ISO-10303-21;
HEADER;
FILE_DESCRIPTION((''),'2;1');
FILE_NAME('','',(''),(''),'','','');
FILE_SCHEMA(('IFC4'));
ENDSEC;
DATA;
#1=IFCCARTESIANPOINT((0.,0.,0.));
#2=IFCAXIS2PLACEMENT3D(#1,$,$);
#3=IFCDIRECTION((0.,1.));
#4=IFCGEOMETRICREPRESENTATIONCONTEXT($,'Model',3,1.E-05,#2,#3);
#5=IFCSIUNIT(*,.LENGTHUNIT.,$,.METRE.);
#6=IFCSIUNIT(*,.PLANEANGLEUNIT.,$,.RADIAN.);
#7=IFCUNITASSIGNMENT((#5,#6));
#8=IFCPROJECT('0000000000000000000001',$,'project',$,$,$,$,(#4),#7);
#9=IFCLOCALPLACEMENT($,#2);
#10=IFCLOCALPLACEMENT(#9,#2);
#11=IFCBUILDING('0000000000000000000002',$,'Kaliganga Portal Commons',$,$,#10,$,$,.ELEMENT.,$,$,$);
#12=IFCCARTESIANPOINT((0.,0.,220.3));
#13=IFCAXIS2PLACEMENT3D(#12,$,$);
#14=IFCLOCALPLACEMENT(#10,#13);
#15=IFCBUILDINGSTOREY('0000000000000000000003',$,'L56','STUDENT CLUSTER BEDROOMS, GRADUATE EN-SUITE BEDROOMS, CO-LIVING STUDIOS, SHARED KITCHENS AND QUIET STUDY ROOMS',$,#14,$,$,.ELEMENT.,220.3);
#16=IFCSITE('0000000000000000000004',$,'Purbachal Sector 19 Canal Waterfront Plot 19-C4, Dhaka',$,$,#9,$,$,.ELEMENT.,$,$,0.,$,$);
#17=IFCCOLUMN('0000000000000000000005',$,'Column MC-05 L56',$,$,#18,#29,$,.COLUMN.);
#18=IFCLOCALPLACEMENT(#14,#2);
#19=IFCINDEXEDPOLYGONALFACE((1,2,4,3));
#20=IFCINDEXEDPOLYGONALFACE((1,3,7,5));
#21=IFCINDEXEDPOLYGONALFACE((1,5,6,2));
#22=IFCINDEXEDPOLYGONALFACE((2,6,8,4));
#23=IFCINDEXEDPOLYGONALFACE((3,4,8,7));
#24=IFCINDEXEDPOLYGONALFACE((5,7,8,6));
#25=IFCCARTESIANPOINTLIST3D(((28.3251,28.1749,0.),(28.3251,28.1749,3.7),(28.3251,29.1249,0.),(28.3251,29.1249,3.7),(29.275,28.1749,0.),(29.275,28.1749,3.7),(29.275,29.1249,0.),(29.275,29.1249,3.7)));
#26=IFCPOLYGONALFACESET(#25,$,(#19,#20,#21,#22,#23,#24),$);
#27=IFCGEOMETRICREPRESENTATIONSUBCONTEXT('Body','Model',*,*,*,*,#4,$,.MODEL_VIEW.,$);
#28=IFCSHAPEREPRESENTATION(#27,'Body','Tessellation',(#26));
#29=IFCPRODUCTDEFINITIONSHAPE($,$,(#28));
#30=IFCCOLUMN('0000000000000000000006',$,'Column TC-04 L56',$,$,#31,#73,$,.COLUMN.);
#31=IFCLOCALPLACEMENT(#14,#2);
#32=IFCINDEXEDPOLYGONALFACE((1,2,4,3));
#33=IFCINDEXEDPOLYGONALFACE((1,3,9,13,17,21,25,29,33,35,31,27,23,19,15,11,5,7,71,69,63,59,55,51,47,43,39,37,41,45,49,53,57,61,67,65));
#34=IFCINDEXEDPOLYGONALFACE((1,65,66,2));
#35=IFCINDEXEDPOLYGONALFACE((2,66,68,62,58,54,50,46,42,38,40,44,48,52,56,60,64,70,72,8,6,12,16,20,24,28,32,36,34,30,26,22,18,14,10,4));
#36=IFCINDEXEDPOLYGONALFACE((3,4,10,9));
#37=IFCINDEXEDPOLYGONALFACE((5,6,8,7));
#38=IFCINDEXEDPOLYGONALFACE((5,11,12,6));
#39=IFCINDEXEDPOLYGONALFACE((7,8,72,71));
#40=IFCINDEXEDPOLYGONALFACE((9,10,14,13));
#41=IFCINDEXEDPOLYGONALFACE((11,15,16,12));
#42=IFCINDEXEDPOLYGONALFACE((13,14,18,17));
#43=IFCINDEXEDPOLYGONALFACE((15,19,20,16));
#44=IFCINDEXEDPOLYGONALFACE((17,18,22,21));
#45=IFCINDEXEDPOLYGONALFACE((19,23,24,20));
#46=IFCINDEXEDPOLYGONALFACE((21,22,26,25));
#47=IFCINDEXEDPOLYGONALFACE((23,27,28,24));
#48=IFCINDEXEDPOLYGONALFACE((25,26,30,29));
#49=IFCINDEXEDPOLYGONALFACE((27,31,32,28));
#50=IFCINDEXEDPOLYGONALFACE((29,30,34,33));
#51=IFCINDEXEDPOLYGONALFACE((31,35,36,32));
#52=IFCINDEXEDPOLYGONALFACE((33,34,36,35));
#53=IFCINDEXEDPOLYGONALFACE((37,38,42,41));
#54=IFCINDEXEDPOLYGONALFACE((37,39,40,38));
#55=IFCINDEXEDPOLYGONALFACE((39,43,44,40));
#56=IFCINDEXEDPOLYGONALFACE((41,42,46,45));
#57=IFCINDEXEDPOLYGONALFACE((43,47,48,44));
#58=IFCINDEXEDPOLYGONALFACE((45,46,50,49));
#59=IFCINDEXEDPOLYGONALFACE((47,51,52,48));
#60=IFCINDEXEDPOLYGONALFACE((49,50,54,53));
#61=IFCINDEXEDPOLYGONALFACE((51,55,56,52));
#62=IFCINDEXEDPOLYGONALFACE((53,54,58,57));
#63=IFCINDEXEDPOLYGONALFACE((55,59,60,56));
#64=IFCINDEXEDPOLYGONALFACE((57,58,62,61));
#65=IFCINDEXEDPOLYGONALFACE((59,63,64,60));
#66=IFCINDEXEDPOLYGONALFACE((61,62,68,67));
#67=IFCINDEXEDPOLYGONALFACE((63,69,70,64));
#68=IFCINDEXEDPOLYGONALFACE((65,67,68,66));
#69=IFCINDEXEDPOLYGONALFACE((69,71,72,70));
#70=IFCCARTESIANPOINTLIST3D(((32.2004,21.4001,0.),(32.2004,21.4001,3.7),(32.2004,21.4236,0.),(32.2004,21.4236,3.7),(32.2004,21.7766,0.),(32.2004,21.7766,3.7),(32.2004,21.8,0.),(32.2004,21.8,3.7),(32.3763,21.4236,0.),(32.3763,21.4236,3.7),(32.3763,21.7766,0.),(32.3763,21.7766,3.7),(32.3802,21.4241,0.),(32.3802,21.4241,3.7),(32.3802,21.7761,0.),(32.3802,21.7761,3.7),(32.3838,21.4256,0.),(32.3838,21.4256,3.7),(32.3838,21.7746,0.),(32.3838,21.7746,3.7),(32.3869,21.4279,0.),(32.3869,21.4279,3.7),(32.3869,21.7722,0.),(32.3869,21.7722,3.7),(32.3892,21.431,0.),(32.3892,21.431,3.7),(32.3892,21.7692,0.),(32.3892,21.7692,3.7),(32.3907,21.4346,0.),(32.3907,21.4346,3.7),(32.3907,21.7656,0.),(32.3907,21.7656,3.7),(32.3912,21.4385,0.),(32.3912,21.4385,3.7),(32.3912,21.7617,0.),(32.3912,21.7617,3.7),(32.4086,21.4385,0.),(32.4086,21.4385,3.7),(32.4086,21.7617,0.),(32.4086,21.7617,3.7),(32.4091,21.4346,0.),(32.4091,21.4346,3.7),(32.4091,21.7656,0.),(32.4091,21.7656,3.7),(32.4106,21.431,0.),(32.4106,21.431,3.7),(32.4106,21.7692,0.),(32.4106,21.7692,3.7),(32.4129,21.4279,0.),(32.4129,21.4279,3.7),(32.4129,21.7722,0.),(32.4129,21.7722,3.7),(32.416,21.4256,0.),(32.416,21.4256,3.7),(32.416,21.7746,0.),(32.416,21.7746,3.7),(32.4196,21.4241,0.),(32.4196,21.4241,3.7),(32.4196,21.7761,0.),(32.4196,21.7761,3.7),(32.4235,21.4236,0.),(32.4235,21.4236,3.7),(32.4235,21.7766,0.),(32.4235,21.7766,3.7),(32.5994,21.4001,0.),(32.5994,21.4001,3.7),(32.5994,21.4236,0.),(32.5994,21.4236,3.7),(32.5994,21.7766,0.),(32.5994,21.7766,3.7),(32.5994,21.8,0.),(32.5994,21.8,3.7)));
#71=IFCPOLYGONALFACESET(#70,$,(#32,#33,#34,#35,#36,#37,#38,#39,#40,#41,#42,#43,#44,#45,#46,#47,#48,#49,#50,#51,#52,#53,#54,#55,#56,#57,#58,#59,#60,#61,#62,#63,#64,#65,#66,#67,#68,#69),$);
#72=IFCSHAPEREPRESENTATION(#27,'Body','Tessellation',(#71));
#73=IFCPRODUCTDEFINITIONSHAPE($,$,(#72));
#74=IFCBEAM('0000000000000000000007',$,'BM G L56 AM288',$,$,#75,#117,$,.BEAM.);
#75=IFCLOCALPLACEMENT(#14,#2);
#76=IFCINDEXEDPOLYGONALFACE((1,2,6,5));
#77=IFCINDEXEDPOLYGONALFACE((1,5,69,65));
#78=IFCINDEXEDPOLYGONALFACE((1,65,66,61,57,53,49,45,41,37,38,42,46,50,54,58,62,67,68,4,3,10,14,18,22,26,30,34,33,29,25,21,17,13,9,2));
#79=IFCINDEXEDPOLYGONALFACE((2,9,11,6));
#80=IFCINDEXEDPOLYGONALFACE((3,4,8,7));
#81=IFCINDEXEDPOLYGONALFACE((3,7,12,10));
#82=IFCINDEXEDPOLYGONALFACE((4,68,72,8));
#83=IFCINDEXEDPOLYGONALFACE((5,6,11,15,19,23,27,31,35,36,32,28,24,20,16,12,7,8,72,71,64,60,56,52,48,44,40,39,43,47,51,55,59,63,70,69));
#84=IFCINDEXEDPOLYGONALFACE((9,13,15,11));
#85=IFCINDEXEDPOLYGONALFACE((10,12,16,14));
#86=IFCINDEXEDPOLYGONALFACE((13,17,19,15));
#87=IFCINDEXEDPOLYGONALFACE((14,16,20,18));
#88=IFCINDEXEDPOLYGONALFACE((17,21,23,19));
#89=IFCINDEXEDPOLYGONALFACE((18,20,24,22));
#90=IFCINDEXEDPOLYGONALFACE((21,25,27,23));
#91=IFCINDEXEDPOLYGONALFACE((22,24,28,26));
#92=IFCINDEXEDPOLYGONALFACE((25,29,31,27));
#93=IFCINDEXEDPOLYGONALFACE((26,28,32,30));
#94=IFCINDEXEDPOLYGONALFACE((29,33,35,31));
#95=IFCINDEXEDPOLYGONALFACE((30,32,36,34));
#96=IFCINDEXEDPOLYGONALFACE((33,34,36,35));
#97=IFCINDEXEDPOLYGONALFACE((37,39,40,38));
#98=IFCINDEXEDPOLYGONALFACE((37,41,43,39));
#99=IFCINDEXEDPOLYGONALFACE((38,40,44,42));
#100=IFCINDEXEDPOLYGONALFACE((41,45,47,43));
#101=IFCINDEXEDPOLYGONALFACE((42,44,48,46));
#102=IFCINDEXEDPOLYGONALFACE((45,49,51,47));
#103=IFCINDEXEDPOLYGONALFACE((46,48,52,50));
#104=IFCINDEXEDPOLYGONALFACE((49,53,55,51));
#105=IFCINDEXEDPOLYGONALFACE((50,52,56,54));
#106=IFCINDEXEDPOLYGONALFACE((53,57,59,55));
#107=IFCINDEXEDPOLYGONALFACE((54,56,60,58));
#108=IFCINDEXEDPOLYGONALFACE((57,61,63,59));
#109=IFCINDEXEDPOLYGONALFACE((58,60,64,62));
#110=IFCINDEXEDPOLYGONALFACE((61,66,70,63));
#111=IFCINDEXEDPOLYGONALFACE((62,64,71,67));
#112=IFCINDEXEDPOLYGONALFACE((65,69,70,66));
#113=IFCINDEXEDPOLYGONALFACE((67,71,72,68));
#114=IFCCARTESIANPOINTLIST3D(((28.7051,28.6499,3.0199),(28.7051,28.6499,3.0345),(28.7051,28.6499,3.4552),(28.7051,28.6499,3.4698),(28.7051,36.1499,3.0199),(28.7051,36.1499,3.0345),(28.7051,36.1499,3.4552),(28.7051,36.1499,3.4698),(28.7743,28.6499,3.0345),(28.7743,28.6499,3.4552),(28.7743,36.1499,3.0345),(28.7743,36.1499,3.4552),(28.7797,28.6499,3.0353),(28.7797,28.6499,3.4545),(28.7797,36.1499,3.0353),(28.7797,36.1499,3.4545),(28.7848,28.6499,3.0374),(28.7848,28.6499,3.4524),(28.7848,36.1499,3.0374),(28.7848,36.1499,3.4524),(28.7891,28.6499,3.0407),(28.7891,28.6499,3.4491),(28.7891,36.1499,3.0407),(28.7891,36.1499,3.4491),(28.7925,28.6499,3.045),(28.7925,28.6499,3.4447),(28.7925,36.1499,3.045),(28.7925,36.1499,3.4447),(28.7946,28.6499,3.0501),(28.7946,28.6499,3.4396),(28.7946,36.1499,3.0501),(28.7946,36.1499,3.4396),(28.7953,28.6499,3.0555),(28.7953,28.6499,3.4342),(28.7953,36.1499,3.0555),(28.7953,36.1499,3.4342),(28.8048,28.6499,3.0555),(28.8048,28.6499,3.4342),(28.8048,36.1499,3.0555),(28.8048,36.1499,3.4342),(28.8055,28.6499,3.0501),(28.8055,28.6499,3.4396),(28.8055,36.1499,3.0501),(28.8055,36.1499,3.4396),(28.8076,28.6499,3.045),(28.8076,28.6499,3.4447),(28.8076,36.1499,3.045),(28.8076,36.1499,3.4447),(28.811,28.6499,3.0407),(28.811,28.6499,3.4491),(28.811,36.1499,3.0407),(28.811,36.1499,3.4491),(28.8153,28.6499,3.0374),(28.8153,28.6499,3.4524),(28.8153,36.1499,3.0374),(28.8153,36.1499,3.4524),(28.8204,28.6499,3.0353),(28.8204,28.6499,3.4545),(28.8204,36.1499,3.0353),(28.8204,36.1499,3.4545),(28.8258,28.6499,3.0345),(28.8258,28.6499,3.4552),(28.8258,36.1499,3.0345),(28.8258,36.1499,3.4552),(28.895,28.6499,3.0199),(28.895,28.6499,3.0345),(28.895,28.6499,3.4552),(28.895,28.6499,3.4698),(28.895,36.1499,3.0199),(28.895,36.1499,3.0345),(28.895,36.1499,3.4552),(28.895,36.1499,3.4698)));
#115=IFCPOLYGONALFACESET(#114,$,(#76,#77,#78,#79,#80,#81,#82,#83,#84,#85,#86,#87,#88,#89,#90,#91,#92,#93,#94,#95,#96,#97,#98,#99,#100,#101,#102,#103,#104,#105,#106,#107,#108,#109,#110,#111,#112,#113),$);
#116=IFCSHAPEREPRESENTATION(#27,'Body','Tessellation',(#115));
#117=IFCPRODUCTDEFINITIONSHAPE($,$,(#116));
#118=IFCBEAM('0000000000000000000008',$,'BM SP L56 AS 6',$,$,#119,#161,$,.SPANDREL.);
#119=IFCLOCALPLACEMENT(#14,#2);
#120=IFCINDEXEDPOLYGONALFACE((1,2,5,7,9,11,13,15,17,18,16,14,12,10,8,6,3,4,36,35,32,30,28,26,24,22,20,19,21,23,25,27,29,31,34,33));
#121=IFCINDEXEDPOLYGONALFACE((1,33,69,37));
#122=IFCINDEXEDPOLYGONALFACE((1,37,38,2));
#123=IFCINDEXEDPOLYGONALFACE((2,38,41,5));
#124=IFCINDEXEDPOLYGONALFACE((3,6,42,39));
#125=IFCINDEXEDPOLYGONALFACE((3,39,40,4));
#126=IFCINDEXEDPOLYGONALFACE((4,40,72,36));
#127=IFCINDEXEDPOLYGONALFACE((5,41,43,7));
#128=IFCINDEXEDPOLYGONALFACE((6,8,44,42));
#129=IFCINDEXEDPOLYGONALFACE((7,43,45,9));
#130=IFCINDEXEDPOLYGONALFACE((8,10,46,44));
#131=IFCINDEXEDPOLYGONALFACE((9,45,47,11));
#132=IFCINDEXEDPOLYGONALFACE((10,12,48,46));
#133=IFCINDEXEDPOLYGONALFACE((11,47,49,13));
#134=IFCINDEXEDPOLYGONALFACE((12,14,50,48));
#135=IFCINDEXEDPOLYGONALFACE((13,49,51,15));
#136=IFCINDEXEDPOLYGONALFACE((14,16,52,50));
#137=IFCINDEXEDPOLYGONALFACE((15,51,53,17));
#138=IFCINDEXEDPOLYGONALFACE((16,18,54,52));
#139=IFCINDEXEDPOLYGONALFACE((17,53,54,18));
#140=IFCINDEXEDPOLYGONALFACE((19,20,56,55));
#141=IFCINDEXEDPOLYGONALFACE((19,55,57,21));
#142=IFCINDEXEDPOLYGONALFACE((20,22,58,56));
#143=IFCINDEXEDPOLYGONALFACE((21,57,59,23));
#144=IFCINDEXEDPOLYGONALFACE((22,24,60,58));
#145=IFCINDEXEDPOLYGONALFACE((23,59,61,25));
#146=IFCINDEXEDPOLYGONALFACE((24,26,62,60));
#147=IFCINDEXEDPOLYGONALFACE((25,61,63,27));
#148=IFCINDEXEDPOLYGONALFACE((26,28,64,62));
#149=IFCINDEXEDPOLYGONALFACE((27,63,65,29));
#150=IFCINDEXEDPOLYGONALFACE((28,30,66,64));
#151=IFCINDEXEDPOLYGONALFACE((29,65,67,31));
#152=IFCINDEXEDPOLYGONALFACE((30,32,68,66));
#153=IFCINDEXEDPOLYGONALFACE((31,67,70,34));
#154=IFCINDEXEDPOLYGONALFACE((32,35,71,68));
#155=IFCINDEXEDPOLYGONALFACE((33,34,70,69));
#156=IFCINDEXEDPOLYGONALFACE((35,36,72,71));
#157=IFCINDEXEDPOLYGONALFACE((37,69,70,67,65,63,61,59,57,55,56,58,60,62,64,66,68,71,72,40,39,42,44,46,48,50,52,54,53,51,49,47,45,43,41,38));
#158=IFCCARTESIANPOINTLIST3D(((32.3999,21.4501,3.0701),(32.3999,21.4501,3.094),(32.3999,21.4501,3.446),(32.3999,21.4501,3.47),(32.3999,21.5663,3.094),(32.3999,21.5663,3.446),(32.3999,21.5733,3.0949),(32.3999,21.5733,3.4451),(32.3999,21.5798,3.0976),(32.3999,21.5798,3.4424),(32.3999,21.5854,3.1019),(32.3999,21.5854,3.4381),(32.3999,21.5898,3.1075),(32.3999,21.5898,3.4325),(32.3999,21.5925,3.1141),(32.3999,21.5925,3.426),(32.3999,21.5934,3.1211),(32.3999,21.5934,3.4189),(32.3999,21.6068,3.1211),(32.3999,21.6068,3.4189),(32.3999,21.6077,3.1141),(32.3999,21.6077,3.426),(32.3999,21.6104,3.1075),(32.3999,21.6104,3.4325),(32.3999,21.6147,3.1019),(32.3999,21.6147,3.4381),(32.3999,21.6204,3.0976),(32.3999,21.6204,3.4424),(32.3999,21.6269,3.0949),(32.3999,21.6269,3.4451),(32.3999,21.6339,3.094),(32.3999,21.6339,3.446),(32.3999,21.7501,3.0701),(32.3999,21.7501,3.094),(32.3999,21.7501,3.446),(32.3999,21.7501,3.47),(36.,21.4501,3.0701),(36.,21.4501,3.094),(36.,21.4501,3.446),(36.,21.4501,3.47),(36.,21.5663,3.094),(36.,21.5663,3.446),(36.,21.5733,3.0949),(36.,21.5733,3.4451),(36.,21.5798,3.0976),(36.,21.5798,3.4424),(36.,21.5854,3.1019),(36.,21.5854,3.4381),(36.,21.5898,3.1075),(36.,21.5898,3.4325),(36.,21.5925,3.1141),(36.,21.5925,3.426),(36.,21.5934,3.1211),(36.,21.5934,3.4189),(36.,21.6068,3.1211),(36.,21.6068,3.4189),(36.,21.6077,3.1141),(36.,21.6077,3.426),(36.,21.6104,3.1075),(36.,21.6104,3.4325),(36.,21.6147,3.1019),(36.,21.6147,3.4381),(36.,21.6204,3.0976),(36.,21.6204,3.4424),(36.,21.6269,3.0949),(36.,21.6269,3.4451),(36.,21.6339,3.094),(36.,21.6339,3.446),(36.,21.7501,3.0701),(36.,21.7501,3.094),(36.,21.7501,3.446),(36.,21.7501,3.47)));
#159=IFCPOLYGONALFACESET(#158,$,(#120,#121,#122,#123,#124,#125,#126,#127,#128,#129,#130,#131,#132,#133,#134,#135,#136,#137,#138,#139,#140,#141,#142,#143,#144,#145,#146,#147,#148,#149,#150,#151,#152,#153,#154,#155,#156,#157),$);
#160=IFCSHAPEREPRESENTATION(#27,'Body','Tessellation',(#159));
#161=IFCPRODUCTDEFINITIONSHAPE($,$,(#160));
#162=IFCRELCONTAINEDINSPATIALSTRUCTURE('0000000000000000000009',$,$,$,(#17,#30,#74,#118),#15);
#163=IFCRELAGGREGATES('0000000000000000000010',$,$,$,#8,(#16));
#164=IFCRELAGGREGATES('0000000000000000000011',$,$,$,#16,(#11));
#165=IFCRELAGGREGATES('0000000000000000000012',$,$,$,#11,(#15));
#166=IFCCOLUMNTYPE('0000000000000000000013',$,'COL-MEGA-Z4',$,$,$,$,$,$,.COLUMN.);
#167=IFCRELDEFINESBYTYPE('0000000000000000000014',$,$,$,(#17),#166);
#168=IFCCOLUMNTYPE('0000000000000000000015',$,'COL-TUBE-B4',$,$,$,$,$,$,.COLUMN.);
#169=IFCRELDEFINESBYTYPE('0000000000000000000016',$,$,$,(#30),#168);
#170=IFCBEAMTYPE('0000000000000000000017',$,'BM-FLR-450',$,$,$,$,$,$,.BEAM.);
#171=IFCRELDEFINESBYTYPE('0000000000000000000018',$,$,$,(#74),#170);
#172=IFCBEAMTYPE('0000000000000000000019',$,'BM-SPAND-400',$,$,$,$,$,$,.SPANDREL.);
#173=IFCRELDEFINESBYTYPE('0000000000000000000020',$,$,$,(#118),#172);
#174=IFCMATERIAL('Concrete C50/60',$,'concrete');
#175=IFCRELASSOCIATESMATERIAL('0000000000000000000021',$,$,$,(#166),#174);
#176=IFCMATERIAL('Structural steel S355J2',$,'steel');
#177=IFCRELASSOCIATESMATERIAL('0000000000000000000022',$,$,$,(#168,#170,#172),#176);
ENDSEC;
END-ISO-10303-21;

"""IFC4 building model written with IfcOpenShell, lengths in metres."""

from ifc_helpers import new_model, si_unit, direction, frame, origin, origin_2d, place, context, subcontext, project, spatial, rectangle, i_section, extrude, source, transform, mapped, material, material_profile, profile_set, type_object, element, save


model = new_model("IFC4")

# Units and contexts
model_context = context("Model", 3, precision=1e-05, world=origin(), true_north=direction((0.0, 1.0)))
body_context = subcontext(model_context, "Body", "Model", "MODEL_VIEW")
ifc_project = project(units=[si_unit("LENGTHUNIT", "METRE"), si_unit("PLANEANGLEUNIT", "RADIAN")], contexts=[model_context])

# Site, building, storey
site_placement = place(None, origin())
site = spatial("IfcSite", under=ifc_project, at=site_placement, Name="Purbachal Sector 19 Canal Waterfront Plot 19-C4, Dhaka", CompositionType="ELEMENT", RefElevation=0.0)
building_placement = place(site_placement, origin())
building = spatial("IfcBuilding", under=site, at=building_placement, Name="Kaliganga Portal Commons", CompositionType="ELEMENT")
storey_placement = place(building_placement, frame((0.0, 0.0, 220.3)))
storey = spatial("IfcBuildingStorey", under=building, at=storey_placement, Name="L56", Description="STUDENT CLUSTER BEDROOMS, GRADUATE EN-SUITE BEDROOMS, CO-LIVING STUDIOS, SHARED KITCHENS AND QUIET STUDY ROOMS", CompositionType="ELEMENT", Elevation=220.3)

# Columns
ifc_material_1 = material(Name="Concrete C50/60", Category="concrete")
ifc_material_profile_1 = material_profile(ifc_material_1, rectangle(XDim=0.95, YDim=0.95, at=origin_2d()), Name="RC 950x950")
ifc_profile_set_1 = profile_set([ifc_material_profile_1], Name="Concrete C50/60")
column_type_1 = type_object("IfcColumnType", Name="COL-MEGA-Z4", PredefinedType="COLUMN", material=ifc_profile_set_1)
shared_shape_1 = source(origin(), body_context, "Body", "SweptSolid", [
    extrude(rectangle(XDim=0.95, YDim=0.95, at=origin_2d()), origin(), (0.0, 0.0, 1.0), 3.7),
])
column_1_placement = place(storey_placement, frame((28.8, 28.6499, 0.0), z_axis=(0.0, 0.0, 1.0), x_axis=(1.0, 0.0, 0.0)))
element("IfcColumn", 1, at=column_1_placement, inside=storey, type_object=column_type_1, Name="Column MC-05 L56", PredefinedType="COLUMN", context=body_context, shape_type="MappedRepresentation", body=[
    mapped(shared_shape_1, transform((0.0, 0.0, 0.0), x_axis=(1.0, 0.0, 0.0), y_axis=(0.0, 1.0, 0.0), z_axis=(0.0, 0.0, 1.0), scale=1.0)),
])
ifc_material_2 = material(Name="Structural steel S355J2", Category="steel")
ifc_material_profile_2 = material_profile(ifc_material_2, i_section(OverallWidth=0.3989, OverallDepth=0.3999, WebThickness=0.0173, FlangeThickness=0.0234, FilletRadius=0.0149, at=origin_2d()), Name="HD 400x287")
ifc_profile_set_2 = profile_set([ifc_material_profile_2], Name="Structural steel S355J2 wide-flange")
column_type_2 = type_object("IfcColumnType", Name="COL-TUBE-B4", PredefinedType="COLUMN", material=ifc_profile_set_2)
shared_shape_2 = source(origin(), body_context, "Body", "SweptSolid", [
    extrude(i_section(OverallWidth=0.3989, OverallDepth=0.3999, WebThickness=0.0173, FlangeThickness=0.0234, FilletRadius=0.0149, at=origin_2d()), origin(), (0.0, 0.0, 1.0), 3.7),
])
column_2_placement = place(storey_placement, frame((32.3999, 21.6001, 0.0), z_axis=(0.0, 0.0, 1.0), x_axis=(1.0, 0.0, 0.0)))
element("IfcColumn", 2, at=column_2_placement, inside=storey, type_object=column_type_2, Name="Column TC-04 L56", PredefinedType="COLUMN", context=body_context, shape_type="MappedRepresentation", body=[
    mapped(shared_shape_2, transform((0.0, 0.0, 0.0), x_axis=(1.0, 0.0, 0.0), y_axis=(0.0, 1.0, 0.0), z_axis=(0.0, 0.0, 1.0), scale=1.0)),
])

# Beams
ifc_material_profile_3 = material_profile(ifc_material_2, i_section(OverallWidth=0.1899, OverallDepth=0.45, WebThickness=0.0095, FlangeThickness=0.0146, FilletRadius=0.021, at=origin_2d()), Name="IPE 450")
ifc_profile_set_3 = profile_set([ifc_material_profile_3], Name="Structural steel S355J2 wide-flange")
beam_type_1 = type_object("IfcBeamType", Name="BM-FLR-450", PredefinedType="BEAM", material=ifc_profile_set_3)
shared_shape_3 = source(origin(), body_context, "Body", "SweptSolid", [
    extrude(i_section(OverallWidth=0.1899, OverallDepth=0.45, WebThickness=0.0095, FlangeThickness=0.0146, FilletRadius=0.021, at=origin_2d()), origin(), (0.0, 0.0, 1.0), 7.5),
])
beam_1_placement = place(storey_placement, frame((28.8, 28.6499, 3.2449), z_axis=(0.0, 1.0, 0.0), x_axis=(-1.0, 0.0, 0.0)))
element("IfcBeam", 3, at=beam_1_placement, inside=storey, type_object=beam_type_1, Name="BM G L56 AM288", PredefinedType="BEAM", context=body_context, shape_type="MappedRepresentation", body=[
    mapped(shared_shape_3, transform((0.0, 0.0, 0.0), x_axis=(1.0, 0.0, 0.0), y_axis=(0.0, 1.0, 0.0), z_axis=(0.0, 0.0, 1.0), scale=1.0)),
])
ifc_material_profile_4 = material_profile(ifc_material_2, i_section(OverallWidth=0.3, OverallDepth=0.3999, WebThickness=0.0134, FlangeThickness=0.0239, FilletRadius=0.0271, at=origin_2d()), Name="HE 400 B")
ifc_profile_set_4 = profile_set([ifc_material_profile_4], Name="Structural steel S355J2 wide-flange")
beam_type_2 = type_object("IfcBeamType", Name="BM-SPAND-400", PredefinedType="SPANDREL", material=ifc_profile_set_4)
shared_shape_4 = source(origin(), body_context, "Body", "SweptSolid", [
    extrude(i_section(OverallWidth=0.3, OverallDepth=0.3999, WebThickness=0.0134, FlangeThickness=0.0239, FilletRadius=0.0271, at=origin_2d()), origin(), (0.0, 0.0, 1.0), 3.6001),
])
beam_2_placement = place(storey_placement, frame((32.3999, 21.6001, 3.27), z_axis=(1.0, 0.0, 0.0), x_axis=(0.0, 1.0, 0.0)))
element("IfcBeam", 4, at=beam_2_placement, inside=storey, type_object=beam_type_2, Name="BM SP L56 AS 6", PredefinedType="SPANDREL", context=body_context, shape_type="MappedRepresentation", body=[
    mapped(shared_shape_4, transform((0.0, 0.0, 0.0), x_axis=(1.0, 0.0, 0.0), y_axis=(0.0, 1.0, 0.0), z_axis=(0.0, 0.0, 1.0), scale=1.0)),
])

save(model, "model.ifc")
